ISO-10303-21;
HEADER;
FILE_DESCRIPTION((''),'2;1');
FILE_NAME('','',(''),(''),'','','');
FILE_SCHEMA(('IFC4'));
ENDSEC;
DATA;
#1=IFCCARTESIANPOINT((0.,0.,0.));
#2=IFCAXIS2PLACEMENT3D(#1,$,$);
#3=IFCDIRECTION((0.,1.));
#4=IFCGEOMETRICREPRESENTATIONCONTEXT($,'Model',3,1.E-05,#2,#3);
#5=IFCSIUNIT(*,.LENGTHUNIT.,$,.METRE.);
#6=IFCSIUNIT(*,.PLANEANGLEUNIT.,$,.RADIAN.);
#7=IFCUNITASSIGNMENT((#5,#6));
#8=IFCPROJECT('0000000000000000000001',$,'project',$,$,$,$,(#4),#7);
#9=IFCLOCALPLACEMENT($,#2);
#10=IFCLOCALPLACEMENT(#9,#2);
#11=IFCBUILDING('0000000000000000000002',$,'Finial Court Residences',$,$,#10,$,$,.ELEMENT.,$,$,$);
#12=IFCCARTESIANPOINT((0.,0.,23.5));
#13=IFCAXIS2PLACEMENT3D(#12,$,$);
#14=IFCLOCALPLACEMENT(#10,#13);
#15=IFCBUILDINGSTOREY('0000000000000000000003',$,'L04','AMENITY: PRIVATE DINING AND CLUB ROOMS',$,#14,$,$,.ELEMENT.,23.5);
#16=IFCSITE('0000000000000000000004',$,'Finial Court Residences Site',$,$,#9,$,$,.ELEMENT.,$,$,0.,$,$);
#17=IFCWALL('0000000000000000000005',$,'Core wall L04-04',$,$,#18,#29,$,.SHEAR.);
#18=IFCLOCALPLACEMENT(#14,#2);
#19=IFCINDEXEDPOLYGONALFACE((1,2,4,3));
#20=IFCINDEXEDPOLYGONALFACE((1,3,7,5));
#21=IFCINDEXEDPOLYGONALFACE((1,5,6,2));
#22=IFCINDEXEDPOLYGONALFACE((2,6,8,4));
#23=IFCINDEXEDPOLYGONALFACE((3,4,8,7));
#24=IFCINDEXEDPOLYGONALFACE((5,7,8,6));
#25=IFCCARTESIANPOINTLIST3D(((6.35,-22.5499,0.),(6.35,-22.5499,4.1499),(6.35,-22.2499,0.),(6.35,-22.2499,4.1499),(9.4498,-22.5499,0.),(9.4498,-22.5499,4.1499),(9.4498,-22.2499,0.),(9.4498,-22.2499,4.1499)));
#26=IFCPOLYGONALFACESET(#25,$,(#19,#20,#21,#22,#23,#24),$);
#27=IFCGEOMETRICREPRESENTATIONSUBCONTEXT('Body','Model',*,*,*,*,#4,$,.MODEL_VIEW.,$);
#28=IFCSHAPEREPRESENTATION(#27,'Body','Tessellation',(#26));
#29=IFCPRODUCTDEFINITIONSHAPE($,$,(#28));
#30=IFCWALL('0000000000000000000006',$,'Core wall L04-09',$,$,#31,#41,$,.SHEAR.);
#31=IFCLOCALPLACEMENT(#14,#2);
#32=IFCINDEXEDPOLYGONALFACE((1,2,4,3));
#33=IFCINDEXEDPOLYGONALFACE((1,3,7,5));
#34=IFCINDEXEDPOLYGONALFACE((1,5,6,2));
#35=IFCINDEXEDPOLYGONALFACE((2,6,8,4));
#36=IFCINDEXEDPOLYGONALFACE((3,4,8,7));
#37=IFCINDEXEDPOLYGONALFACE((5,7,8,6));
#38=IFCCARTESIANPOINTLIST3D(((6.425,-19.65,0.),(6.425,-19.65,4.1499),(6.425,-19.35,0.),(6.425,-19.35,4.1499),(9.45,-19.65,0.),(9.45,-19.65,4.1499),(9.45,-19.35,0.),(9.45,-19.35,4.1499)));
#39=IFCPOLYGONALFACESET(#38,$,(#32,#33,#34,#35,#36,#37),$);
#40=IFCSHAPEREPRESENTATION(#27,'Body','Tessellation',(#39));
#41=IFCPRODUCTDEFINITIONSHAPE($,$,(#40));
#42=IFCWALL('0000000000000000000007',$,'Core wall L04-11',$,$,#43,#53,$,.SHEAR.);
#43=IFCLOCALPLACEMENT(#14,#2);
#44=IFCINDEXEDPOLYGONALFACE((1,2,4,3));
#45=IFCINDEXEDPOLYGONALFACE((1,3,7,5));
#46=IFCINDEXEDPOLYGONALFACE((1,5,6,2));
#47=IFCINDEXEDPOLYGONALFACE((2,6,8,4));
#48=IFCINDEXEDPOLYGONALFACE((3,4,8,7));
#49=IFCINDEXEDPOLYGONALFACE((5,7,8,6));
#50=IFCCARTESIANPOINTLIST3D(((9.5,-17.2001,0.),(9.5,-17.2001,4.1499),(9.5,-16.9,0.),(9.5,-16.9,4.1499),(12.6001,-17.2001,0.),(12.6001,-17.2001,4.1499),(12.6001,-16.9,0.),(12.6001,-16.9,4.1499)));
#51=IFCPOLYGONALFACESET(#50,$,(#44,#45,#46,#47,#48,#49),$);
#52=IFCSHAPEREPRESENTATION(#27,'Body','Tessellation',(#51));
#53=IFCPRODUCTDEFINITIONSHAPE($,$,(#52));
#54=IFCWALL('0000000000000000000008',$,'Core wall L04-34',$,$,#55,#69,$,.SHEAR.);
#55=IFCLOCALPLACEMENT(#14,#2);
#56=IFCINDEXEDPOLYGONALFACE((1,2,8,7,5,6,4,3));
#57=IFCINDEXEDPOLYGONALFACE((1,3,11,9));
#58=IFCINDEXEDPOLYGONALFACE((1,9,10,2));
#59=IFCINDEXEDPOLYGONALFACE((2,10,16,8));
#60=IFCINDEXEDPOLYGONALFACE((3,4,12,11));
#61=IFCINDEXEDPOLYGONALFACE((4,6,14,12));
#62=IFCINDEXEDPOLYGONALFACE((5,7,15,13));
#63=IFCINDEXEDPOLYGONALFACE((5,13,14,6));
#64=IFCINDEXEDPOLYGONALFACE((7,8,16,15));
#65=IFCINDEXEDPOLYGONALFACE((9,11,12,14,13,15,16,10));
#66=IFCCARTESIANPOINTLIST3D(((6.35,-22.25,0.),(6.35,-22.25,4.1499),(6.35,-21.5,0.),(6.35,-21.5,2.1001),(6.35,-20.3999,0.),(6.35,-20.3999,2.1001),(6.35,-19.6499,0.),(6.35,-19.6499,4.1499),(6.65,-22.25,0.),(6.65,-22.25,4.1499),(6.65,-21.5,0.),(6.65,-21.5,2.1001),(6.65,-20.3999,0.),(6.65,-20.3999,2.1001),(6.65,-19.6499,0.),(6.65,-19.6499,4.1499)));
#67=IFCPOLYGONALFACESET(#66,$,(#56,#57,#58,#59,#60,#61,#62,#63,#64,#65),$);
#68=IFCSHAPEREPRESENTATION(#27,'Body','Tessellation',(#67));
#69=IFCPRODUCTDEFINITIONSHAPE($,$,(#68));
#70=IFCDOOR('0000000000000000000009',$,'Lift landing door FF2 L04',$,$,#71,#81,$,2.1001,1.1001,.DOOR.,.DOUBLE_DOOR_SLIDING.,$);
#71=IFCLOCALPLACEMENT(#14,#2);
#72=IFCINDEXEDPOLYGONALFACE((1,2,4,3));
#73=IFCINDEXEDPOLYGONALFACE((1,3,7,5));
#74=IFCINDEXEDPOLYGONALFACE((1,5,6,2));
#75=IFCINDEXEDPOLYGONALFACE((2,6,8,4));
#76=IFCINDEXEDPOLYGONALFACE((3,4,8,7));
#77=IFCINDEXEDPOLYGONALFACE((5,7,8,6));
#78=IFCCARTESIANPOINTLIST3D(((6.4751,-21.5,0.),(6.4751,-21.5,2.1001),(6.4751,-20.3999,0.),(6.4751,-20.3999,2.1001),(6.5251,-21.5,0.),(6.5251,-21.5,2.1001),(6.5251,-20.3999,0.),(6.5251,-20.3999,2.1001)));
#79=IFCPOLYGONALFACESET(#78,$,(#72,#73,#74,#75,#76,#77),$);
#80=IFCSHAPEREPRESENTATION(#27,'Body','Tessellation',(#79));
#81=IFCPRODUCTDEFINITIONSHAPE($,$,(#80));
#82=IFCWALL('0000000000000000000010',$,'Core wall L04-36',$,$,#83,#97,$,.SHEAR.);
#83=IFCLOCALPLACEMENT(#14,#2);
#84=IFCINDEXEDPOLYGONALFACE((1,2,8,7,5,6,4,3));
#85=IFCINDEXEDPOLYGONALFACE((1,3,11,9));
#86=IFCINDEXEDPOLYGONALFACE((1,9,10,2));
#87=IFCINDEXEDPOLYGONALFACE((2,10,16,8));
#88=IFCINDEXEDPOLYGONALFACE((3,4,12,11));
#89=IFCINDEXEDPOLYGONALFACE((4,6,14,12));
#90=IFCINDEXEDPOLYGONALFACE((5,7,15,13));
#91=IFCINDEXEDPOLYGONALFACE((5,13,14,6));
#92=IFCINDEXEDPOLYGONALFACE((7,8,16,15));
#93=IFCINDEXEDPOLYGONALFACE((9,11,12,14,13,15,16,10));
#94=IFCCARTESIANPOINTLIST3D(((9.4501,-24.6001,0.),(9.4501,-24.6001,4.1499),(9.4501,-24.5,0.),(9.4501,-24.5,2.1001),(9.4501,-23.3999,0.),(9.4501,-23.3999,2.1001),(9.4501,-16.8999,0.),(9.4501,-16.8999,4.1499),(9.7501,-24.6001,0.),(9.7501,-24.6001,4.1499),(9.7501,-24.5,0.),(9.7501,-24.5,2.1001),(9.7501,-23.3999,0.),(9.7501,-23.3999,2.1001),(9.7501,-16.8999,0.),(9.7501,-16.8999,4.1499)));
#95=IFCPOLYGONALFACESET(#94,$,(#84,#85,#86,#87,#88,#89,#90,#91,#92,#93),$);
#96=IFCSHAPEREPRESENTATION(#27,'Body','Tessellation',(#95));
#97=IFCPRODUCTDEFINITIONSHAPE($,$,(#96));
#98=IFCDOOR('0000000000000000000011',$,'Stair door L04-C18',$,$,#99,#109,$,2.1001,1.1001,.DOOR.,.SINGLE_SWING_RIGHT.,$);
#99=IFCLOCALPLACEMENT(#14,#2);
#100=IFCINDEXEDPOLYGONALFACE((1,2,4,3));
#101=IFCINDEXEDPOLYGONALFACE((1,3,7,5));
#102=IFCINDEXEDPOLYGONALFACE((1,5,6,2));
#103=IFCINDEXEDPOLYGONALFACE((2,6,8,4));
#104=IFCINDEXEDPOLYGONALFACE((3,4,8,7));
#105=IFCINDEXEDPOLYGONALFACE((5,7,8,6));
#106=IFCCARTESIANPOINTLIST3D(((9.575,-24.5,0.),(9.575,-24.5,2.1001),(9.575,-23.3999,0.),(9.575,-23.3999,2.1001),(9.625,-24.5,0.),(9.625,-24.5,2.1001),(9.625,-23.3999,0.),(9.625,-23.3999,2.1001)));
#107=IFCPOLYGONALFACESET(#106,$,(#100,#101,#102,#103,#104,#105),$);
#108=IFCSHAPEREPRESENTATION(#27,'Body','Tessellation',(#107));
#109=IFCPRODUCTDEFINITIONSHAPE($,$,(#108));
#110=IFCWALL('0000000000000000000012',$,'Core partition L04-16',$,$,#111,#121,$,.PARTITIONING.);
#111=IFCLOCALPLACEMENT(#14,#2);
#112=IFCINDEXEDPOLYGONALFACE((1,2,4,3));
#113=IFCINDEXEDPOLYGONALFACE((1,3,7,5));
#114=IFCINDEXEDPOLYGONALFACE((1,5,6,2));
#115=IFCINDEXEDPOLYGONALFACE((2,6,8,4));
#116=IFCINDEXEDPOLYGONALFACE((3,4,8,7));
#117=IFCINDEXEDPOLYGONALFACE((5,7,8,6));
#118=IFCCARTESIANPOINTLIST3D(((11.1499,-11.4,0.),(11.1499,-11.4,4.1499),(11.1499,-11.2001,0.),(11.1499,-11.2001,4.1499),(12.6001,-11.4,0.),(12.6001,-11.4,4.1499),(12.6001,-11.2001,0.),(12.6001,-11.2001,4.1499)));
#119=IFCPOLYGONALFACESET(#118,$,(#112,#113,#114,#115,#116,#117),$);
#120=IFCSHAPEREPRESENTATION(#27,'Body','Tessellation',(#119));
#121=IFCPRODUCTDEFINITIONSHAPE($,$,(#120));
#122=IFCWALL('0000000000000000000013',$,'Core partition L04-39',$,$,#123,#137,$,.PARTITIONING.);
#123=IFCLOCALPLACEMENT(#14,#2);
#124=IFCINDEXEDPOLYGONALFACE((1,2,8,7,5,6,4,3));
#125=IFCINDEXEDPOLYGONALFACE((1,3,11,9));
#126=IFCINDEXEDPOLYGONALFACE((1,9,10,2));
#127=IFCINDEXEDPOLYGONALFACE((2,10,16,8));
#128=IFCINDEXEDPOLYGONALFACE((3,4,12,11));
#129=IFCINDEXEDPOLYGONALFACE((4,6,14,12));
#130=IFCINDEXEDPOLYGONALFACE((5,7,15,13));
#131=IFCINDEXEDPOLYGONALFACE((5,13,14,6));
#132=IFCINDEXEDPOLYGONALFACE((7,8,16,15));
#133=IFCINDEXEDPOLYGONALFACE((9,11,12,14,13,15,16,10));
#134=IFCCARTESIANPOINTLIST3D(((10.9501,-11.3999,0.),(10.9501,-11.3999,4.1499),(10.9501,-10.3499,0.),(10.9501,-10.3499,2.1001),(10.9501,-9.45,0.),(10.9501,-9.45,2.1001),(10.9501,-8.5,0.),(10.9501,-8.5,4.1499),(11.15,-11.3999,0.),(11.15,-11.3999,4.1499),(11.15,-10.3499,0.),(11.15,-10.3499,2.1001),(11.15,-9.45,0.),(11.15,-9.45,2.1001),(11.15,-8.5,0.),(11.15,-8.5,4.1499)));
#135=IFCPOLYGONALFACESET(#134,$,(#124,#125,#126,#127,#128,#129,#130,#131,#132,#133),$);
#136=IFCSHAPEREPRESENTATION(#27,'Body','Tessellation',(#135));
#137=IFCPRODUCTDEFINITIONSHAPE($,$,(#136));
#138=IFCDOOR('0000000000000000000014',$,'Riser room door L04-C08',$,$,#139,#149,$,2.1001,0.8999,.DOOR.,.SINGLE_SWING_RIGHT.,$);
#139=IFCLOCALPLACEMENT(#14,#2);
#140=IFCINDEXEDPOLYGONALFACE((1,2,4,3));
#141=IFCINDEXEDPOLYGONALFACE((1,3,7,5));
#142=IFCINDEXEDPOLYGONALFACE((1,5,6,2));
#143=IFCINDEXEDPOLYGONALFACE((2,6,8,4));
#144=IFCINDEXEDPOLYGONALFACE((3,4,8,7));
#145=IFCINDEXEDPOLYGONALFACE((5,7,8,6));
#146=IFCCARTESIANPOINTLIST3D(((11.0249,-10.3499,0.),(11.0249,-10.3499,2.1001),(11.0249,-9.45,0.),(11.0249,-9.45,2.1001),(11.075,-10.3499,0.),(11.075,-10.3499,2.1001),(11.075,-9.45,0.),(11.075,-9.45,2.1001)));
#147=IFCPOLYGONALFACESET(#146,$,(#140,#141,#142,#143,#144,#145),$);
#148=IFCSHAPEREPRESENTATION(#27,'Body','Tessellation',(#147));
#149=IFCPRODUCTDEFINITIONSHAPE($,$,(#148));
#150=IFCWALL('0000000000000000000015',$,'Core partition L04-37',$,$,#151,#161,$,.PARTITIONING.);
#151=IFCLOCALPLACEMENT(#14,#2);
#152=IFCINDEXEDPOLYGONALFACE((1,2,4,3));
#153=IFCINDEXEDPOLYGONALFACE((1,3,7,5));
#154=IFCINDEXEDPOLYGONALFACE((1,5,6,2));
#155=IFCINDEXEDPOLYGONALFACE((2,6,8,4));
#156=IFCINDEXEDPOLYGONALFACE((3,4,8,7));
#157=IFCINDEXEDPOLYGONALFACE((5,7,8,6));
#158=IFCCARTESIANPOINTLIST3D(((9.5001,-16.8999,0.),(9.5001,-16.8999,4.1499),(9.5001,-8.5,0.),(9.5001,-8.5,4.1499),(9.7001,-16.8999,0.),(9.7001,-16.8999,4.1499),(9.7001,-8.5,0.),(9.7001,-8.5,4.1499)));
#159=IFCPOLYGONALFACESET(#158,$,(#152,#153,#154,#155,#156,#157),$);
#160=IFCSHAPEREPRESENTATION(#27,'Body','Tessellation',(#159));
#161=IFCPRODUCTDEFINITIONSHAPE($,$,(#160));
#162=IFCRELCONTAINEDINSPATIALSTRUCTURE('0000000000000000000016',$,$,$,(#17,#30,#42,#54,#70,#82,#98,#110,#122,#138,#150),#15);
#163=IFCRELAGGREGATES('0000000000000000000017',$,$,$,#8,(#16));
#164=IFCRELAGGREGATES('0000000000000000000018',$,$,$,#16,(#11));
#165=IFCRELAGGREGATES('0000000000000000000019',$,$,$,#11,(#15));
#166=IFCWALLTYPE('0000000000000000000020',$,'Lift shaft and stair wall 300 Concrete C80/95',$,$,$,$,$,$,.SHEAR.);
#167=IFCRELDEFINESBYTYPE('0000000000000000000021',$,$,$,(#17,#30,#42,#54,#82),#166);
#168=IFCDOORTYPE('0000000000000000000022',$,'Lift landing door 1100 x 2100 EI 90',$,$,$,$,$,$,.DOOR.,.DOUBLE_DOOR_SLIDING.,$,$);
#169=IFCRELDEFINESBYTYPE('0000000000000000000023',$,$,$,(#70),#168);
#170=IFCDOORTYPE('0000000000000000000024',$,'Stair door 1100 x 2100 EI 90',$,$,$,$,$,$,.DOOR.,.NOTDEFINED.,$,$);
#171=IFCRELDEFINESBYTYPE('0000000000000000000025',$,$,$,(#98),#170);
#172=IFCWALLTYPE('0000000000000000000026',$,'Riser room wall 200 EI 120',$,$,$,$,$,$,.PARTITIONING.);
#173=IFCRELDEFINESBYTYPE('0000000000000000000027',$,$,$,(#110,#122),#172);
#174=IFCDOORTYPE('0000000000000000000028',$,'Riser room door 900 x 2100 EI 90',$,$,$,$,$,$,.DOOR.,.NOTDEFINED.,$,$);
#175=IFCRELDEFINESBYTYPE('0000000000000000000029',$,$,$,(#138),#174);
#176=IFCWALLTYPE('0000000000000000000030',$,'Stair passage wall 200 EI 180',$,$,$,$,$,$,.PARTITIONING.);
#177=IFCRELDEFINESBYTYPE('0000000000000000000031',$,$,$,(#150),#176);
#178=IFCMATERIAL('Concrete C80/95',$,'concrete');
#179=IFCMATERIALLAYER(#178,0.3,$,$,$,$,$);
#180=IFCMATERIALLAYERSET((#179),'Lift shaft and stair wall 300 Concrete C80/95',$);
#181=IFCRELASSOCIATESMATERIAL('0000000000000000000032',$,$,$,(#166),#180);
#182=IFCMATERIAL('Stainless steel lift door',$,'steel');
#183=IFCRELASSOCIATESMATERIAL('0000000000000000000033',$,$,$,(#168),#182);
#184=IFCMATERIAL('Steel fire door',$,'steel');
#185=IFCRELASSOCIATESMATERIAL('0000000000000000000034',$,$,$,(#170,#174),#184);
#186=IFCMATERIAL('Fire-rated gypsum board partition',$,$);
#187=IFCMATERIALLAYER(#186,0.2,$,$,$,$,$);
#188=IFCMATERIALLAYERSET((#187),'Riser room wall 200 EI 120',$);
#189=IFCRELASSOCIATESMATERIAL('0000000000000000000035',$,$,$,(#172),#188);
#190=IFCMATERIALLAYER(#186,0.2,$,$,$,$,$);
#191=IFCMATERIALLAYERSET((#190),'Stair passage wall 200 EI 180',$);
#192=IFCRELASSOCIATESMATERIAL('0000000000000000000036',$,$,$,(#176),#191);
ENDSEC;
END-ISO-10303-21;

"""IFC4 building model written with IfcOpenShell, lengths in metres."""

from ifc_helpers import new_model, si_unit, direction, frame, frame_2d, origin, place, context, subcontext, project, spatial, rectangle, extrude, material, layer, layer_set, type_object, element, fill, save


model = new_model("IFC4")

# Units and contexts
model_context = context("Model", 3, precision=1e-05, world=origin(), true_north=direction((0.0, 1.0)))
body_context = subcontext(model_context, "Body", "Model", "MODEL_VIEW")
ifc_project = project(units=[si_unit("LENGTHUNIT", "METRE"), si_unit("PLANEANGLEUNIT", "RADIAN")], contexts=[model_context])

# Site, building, storey
site_placement = place(None, origin())
site = spatial("IfcSite", under=ifc_project, at=site_placement, Name="Finial Court Residences Site", CompositionType="ELEMENT", RefElevation=0.0)
building_placement = place(site_placement, origin())
building = spatial("IfcBuilding", under=site, at=building_placement, Name="Finial Court Residences", CompositionType="ELEMENT")
storey_placement = place(building_placement, frame((0.0, 0.0, 23.5)))
storey = spatial("IfcBuildingStorey", under=building, at=storey_placement, Name="L04", Description="AMENITY: PRIVATE DINING AND CLUB ROOMS", CompositionType="ELEMENT", Elevation=23.5)

# Shared definitions
ifc_material_1 = material(Name="Concrete C80/95", Category="concrete")

# Shared definitions
ifc_material_2 = material(Name="Fire-rated gypsum board partition")

# Shared definitions
ifc_material_3 = material(Name="Steel fire door", Category="steel")

# Walls
ifc_layer_1 = layer(ifc_material_1, 0.3)
ifc_layer_set_1 = layer_set([ifc_layer_1], Name="Lift shaft and stair wall 300 Concrete C80/95")
wall_type_1 = type_object("IfcWallType", Name="Lift shaft and stair wall 300 Concrete C80/95", PredefinedType="SHEAR", material=ifc_layer_set_1)
wall_1_placement = place(storey_placement, frame((6.3501, -22.3999, 0.0), z_axis=(0.0, 0.0, 1.0), x_axis=(1.0, 0.0, 0.0)))
element("IfcWall", 1, at=wall_1_placement, inside=storey, type_object=wall_type_1, Name="Core wall L04-04", PredefinedType="SHEAR", context=body_context, shape_type="SweptSolid", body=[
    extrude(rectangle(XDim=3.0999, YDim=0.3, at=frame_2d((1.5498, 0.0))), origin(), (0.0, 0.0, 1.0), 4.1499),
])
wall_2_placement = place(storey_placement, frame((6.425, -19.5, 0.0), z_axis=(0.0, 0.0, 1.0), x_axis=(1.0, 0.0, 0.0)))
element("IfcWall", 2, at=wall_2_placement, inside=storey, type_object=wall_type_1, Name="Core wall L04-09", PredefinedType="SHEAR", context=body_context, shape_type="SweptSolid", body=[
    extrude(rectangle(XDim=3.0249, YDim=0.3, at=frame_2d((1.5125, 0.0))), origin(), (0.0, 0.0, 1.0), 4.1499),
])
wall_3_placement = place(storey_placement, frame((9.5, -17.05, 0.0), z_axis=(0.0, 0.0, 1.0), x_axis=(1.0, 0.0, 0.0)))
element("IfcWall", 3, at=wall_3_placement, inside=storey, type_object=wall_type_1, Name="Core wall L04-11", PredefinedType="SHEAR", context=body_context, shape_type="SweptSolid", body=[
    extrude(rectangle(XDim=3.1001, YDim=0.3, at=frame_2d((1.55, 0.0))), origin(), (0.0, 0.0, 1.0), 4.1499),
])

# Walls, openings, doors
wall_4_placement = place(storey_placement, frame((6.5, -22.25, 0.0), z_axis=(0.0, 0.0, 1.0), x_axis=(0.0, 1.0, 0.0)))
wall_4 = element("IfcWall", 4, at=wall_4_placement, inside=storey, type_object=wall_type_1, Name="Core wall L04-34", PredefinedType="SHEAR", context=body_context, shape_type="SweptSolid", body=[
    extrude(rectangle(XDim=2.6001, YDim=0.3, at=frame_2d((1.3, 0.0))), origin(), (0.0, 0.0, 1.0), 4.1499),
])
opening_1_placement = place(wall_4_placement, frame((0.75, 0.0, 0.0)))
opening_1 = element("IfcOpeningElement", 5, at=opening_1_placement, cuts=wall_4, PredefinedType="OPENING", context=body_context, shape_type="SweptSolid", body=[
    extrude(rectangle(XDim=1.1001, YDim=2.1001, at=frame_2d((0.55, 1.05))), frame((0.0, 0.1599, 0.0), z_axis=(0.0, -1.0, 0.0), x_axis=(1.0, 0.0, 0.0)), (0.0, 0.0, 1.0), 0.3201),
])
ifc_material_4 = material(Name="Stainless steel lift door", Category="steel")
door_type_1 = type_object("IfcDoorType", Name="Lift landing door 1100 x 2100 EI 90", OperationType="DOUBLE_DOOR_SLIDING", PredefinedType="DOOR", material=ifc_material_4)
door_1_placement = place(opening_1_placement, origin())
door_1 = element("IfcDoor", 6, at=door_1_placement, inside=storey, type_object=door_type_1, Name="Lift landing door FF2 L04", OperationType="DOUBLE_DOOR_SLIDING", OverallHeight=2.1001, OverallWidth=1.1001, PredefinedType="DOOR", context=body_context, shape_type="SweptSolid", body=[
    extrude(rectangle(XDim=1.1001, YDim=2.1001, at=frame_2d((0.55, 1.05))), frame((0.0, 0.0249, 0.0), z_axis=(0.0, -1.0, 0.0), x_axis=(1.0, 0.0, 0.0)), (0.0, 0.0, 1.0), 0.05),
])
fill(opening_1, door_1)
wall_5_placement = place(storey_placement, frame((9.6001, -16.8999, 0.0), z_axis=(0.0, 0.0, 1.0), x_axis=(0.0, -1.0, 0.0)))
wall_5 = element("IfcWall", 7, at=wall_5_placement, inside=storey, type_object=wall_type_1, Name="Core wall L04-36", PredefinedType="SHEAR", context=body_context, shape_type="SweptSolid", body=[
    extrude(rectangle(XDim=7.7002, YDim=0.3, at=frame_2d((3.8501, 0.0))), origin(), (0.0, 0.0, 1.0), 4.1499),
])
opening_2_placement = place(wall_5_placement, frame((6.5, 0.0, 0.0)))
opening_2 = element("IfcOpeningElement", 8, at=opening_2_placement, cuts=wall_5, PredefinedType="OPENING", context=body_context, shape_type="SweptSolid", body=[
    extrude(rectangle(XDim=1.1001, YDim=2.1001, at=frame_2d((0.55, 1.05))), frame((0.0, 0.1599, 0.0), z_axis=(0.0, -1.0, 0.0), x_axis=(1.0, 0.0, 0.0)), (0.0, 0.0, 1.0), 0.3201),
])
door_type_2 = type_object("IfcDoorType", Name="Stair door 1100 x 2100 EI 90", OperationType="NOTDEFINED", PredefinedType="DOOR", material=ifc_material_3)
door_2_placement = place(opening_2_placement, origin())
door_2 = element("IfcDoor", 9, at=door_2_placement, inside=storey, type_object=door_type_2, Name="Stair door L04-C18", OperationType="SINGLE_SWING_RIGHT", OverallHeight=2.1001, OverallWidth=1.1001, PredefinedType="DOOR", context=body_context, shape_type="SweptSolid", body=[
    extrude(rectangle(XDim=1.1001, YDim=2.1001, at=frame_2d((0.55, 1.05))), frame((0.0, 0.0249, 0.0), z_axis=(0.0, -1.0, 0.0), x_axis=(1.0, 0.0, 0.0)), (0.0, 0.0, 1.0), 0.05),
])
fill(opening_2, door_2)

# Wall
ifc_layer_2 = layer(ifc_material_2, 0.2)
ifc_layer_set_2 = layer_set([ifc_layer_2], Name="Riser room wall 200 EI 120")
wall_type_2 = type_object("IfcWallType", Name="Riser room wall 200 EI 120", PredefinedType="PARTITIONING", material=ifc_layer_set_2)
wall_6_placement = place(storey_placement, frame((11.1499, -11.3, 0.0), z_axis=(0.0, 0.0, 1.0), x_axis=(1.0, 0.0, 0.0)))
element("IfcWall", 10, at=wall_6_placement, inside=storey, type_object=wall_type_2, Name="Core partition L04-16", PredefinedType="PARTITIONING", context=body_context, shape_type="SweptSolid", body=[
    extrude(rectangle(XDim=1.4502, YDim=0.2, at=frame_2d((0.7251, 0.0))), origin(), (0.0, 0.0, 1.0), 4.1499),
])

# Wall, opening, door
wall_7_placement = place(storey_placement, frame((11.05, -8.5, 0.0), z_axis=(0.0, 0.0, 1.0), x_axis=(0.0, -1.0, 0.0)))
wall_7 = element("IfcWall", 11, at=wall_7_placement, inside=storey, type_object=wall_type_2, Name="Core partition L04-39", PredefinedType="PARTITIONING", context=body_context, shape_type="SweptSolid", body=[
    extrude(rectangle(XDim=2.8999, YDim=0.2, at=frame_2d((1.45, 0.0))), origin(), (0.0, 0.0, 1.0), 4.1499),
])
opening_3_placement = place(wall_7_placement, frame((0.95, 0.0, 0.0)))
opening_3 = element("IfcOpeningElement", 12, at=opening_3_placement, cuts=wall_7, PredefinedType="OPENING", context=body_context, shape_type="SweptSolid", body=[
    extrude(rectangle(XDim=0.8999, YDim=2.1001, at=frame_2d((0.45, 1.05))), frame((0.0, 0.1099, 0.0), z_axis=(0.0, -1.0, 0.0), x_axis=(1.0, 0.0, 0.0)), (0.0, 0.0, 1.0), 0.22),
])
door_type_3 = type_object("IfcDoorType", Name="Riser room door 900 x 2100 EI 90", OperationType="NOTDEFINED", PredefinedType="DOOR", material=ifc_material_3)
door_3_placement = place(opening_3_placement, origin())
door_3 = element("IfcDoor", 13, at=door_3_placement, inside=storey, type_object=door_type_3, Name="Riser room door L04-C08", OperationType="SINGLE_SWING_RIGHT", OverallHeight=2.1001, OverallWidth=0.8999, PredefinedType="DOOR", context=body_context, shape_type="SweptSolid", body=[
    extrude(rectangle(XDim=0.8999, YDim=2.1001, at=frame_2d((0.45, 1.05))), frame((0.0, 0.0249, 0.0), z_axis=(0.0, -1.0, 0.0), x_axis=(1.0, 0.0, 0.0)), (0.0, 0.0, 1.0), 0.05),
])
fill(opening_3, door_3)

# Wall
ifc_layer_3 = layer(ifc_material_2, 0.2)
ifc_layer_set_3 = layer_set([ifc_layer_3], Name="Stair passage wall 200 EI 180")
wall_type_3 = type_object("IfcWallType", Name="Stair passage wall 200 EI 180", PredefinedType="PARTITIONING", material=ifc_layer_set_3)
wall_8_placement = place(storey_placement, frame((9.6001, -16.8999, 0.0), z_axis=(0.0, 0.0, 1.0), x_axis=(0.0, 1.0, 0.0)))
element("IfcWall", 14, at=wall_8_placement, inside=storey, type_object=wall_type_3, Name="Core partition L04-37", PredefinedType="PARTITIONING", context=body_context, shape_type="SweptSolid", body=[
    extrude(rectangle(XDim=8.3999, YDim=0.2, at=frame_2d((4.2, 0.0))), origin(), (0.0, 0.0, 1.0), 4.1499),
])

save(model, "model.ifc")
